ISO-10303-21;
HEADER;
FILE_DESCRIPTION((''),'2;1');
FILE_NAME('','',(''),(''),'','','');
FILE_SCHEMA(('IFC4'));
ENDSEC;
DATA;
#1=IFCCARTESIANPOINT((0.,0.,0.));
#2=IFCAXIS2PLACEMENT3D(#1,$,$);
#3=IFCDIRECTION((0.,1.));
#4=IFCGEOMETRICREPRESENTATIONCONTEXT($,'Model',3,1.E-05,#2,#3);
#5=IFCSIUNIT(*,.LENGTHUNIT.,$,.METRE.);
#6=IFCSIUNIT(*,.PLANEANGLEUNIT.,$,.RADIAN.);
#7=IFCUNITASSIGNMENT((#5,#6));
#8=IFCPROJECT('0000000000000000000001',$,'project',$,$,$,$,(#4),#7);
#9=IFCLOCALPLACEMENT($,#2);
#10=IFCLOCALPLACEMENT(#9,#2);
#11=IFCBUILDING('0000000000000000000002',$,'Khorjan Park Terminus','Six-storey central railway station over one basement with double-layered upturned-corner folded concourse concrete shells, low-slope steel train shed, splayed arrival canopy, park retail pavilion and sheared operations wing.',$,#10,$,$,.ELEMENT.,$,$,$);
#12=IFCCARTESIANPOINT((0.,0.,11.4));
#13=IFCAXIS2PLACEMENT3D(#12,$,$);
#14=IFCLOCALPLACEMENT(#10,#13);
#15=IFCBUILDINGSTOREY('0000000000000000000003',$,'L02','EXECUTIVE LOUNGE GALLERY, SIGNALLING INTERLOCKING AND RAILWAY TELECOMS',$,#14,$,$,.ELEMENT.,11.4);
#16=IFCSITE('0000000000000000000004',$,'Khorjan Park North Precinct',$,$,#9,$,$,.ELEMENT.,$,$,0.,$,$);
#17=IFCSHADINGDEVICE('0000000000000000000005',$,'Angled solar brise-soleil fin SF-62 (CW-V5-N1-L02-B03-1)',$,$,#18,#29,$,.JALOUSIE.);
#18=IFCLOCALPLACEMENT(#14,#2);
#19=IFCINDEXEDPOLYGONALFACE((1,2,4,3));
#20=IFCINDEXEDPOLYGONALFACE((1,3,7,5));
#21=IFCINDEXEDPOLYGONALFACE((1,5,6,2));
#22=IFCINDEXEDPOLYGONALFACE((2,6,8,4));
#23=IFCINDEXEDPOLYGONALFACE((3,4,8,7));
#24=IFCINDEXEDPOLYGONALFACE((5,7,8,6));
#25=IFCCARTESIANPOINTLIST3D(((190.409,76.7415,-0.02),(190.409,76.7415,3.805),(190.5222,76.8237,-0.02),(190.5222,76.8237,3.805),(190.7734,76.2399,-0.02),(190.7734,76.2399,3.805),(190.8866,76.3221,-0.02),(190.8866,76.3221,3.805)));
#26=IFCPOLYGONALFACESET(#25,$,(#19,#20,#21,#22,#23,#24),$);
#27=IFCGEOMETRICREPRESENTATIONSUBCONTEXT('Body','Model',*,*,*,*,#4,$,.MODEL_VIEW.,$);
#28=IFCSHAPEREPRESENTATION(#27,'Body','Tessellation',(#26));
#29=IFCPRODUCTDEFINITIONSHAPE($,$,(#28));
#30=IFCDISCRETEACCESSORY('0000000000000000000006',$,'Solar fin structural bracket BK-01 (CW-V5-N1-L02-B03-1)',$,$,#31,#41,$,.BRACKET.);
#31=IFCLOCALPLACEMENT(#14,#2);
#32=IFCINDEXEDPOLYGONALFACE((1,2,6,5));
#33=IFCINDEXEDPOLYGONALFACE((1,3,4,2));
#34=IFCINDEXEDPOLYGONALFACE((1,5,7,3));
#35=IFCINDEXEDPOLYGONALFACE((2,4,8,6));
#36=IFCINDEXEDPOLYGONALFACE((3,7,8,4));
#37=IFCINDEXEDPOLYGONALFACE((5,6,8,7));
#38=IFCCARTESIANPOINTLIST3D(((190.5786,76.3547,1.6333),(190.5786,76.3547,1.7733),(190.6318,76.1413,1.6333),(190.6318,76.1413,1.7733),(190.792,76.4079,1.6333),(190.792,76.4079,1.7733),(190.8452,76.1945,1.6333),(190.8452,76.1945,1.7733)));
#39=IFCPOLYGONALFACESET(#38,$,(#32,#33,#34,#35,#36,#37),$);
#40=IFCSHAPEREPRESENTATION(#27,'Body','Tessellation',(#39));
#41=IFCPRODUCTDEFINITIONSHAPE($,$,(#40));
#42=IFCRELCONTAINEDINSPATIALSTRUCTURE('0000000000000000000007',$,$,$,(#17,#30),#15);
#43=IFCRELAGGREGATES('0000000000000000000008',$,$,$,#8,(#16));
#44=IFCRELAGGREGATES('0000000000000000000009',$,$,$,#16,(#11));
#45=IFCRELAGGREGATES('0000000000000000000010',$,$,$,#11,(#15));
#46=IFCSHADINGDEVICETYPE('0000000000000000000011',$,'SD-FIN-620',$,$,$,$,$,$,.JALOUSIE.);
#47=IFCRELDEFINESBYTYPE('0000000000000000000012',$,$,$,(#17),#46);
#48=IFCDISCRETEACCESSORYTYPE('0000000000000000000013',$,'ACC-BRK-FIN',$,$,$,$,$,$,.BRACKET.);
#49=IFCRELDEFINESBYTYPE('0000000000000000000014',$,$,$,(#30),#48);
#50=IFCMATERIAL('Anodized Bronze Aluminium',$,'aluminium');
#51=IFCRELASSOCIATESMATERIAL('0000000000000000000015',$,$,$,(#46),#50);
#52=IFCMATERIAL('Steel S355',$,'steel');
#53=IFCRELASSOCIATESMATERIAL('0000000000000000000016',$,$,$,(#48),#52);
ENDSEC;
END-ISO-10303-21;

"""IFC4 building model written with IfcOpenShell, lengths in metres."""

from ifc_helpers import new_model, si_unit, direction, frame, origin, origin_2d, place, context, subcontext, project, spatial, rectangle, extrude, material, type_object, element, save


model = new_model("IFC4")

# Units and contexts
model_context = context("Model", 3, precision=1e-05, world=origin(), true_north=direction((0.0, 1.0)))
body_context = subcontext(model_context, "Body", "Model", "MODEL_VIEW")
ifc_project = project(units=[si_unit("LENGTHUNIT", "METRE"), si_unit("PLANEANGLEUNIT", "RADIAN")], contexts=[model_context])

# Site, building, storey
site_placement = place(None, origin())
site = spatial("IfcSite", under=ifc_project, at=site_placement, Name="Khorjan Park North Precinct", CompositionType="ELEMENT", RefElevation=0.0)
building_placement = place(site_placement, origin())
building = spatial("IfcBuilding", under=site, at=building_placement, Name="Khorjan Park Terminus", Description="Six-storey central railway station over one basement with double-layered upturned-corner folded concourse concrete shells, low-slope steel train shed, splayed arrival canopy, park retail pavilion and sheared operations wing.", CompositionType="ELEMENT")
storey_placement = place(building_placement, frame((0.0, 0.0, 11.4)))
storey = spatial("IfcBuildingStorey", under=building, at=storey_placement, Name="L02", Description="EXECUTIVE LOUNGE GALLERY, SIGNALLING INTERLOCKING AND RAILWAY TELECOMS", CompositionType="ELEMENT", Elevation=11.4)

# Shared definitions
ifc_material_1 = material(Name="Anodized Bronze Aluminium", Category="aluminium")

# Shared definitions
ifc_material_2 = material(Name="Steel S355", Category="steel")

# Shading device
shading_device_type = type_object("IfcShadingDeviceType", Name="SD-FIN-620", PredefinedType="JALOUSIE", material=ifc_material_1)
shading_device_placement = place(storey_placement, frame((190.6478, 76.5318, -0.02), z_axis=(0.0, 0.0, 1.0), x_axis=(0.587785, -0.809017, 0.0)))
element("IfcShadingDevice", 1, at=shading_device_placement, inside=storey, type_object=shading_device_type, Name="Angled solar brise-soleil fin SF-62 (CW-V5-N1-L02-B03-1)", PredefinedType="JALOUSIE", context=body_context, shape_type="SweptSolid", body=[
    extrude(rectangle(XDim=0.62, YDim=0.14, at=origin_2d()), origin(), (0.0, 0.0, 1.0), 3.825),
])

# Discrete accessory
discrete_accessory_type = type_object("IfcDiscreteAccessoryType", Name="ACC-BRK-FIN", PredefinedType="BRACKET", material=ifc_material_2)
discrete_accessory_placement = place(storey_placement, frame((190.7119, 76.2746, 1.6333), z_axis=(0.0, 0.0, 1.0), x_axis=(-0.970296, -0.241921, 0.0)))
element("IfcDiscreteAccessory", 2, at=discrete_accessory_placement, inside=storey, type_object=discrete_accessory_type, Name="Solar fin structural bracket BK-01 (CW-V5-N1-L02-B03-1)", PredefinedType="BRACKET", context=body_context, shape_type="SweptSolid", body=[
    extrude(rectangle(XDim=0.22, YDim=0.22, at=origin_2d()), origin(), (0.0, 0.0, 1.0), 0.14),
])

save(model, "model.ifc")
